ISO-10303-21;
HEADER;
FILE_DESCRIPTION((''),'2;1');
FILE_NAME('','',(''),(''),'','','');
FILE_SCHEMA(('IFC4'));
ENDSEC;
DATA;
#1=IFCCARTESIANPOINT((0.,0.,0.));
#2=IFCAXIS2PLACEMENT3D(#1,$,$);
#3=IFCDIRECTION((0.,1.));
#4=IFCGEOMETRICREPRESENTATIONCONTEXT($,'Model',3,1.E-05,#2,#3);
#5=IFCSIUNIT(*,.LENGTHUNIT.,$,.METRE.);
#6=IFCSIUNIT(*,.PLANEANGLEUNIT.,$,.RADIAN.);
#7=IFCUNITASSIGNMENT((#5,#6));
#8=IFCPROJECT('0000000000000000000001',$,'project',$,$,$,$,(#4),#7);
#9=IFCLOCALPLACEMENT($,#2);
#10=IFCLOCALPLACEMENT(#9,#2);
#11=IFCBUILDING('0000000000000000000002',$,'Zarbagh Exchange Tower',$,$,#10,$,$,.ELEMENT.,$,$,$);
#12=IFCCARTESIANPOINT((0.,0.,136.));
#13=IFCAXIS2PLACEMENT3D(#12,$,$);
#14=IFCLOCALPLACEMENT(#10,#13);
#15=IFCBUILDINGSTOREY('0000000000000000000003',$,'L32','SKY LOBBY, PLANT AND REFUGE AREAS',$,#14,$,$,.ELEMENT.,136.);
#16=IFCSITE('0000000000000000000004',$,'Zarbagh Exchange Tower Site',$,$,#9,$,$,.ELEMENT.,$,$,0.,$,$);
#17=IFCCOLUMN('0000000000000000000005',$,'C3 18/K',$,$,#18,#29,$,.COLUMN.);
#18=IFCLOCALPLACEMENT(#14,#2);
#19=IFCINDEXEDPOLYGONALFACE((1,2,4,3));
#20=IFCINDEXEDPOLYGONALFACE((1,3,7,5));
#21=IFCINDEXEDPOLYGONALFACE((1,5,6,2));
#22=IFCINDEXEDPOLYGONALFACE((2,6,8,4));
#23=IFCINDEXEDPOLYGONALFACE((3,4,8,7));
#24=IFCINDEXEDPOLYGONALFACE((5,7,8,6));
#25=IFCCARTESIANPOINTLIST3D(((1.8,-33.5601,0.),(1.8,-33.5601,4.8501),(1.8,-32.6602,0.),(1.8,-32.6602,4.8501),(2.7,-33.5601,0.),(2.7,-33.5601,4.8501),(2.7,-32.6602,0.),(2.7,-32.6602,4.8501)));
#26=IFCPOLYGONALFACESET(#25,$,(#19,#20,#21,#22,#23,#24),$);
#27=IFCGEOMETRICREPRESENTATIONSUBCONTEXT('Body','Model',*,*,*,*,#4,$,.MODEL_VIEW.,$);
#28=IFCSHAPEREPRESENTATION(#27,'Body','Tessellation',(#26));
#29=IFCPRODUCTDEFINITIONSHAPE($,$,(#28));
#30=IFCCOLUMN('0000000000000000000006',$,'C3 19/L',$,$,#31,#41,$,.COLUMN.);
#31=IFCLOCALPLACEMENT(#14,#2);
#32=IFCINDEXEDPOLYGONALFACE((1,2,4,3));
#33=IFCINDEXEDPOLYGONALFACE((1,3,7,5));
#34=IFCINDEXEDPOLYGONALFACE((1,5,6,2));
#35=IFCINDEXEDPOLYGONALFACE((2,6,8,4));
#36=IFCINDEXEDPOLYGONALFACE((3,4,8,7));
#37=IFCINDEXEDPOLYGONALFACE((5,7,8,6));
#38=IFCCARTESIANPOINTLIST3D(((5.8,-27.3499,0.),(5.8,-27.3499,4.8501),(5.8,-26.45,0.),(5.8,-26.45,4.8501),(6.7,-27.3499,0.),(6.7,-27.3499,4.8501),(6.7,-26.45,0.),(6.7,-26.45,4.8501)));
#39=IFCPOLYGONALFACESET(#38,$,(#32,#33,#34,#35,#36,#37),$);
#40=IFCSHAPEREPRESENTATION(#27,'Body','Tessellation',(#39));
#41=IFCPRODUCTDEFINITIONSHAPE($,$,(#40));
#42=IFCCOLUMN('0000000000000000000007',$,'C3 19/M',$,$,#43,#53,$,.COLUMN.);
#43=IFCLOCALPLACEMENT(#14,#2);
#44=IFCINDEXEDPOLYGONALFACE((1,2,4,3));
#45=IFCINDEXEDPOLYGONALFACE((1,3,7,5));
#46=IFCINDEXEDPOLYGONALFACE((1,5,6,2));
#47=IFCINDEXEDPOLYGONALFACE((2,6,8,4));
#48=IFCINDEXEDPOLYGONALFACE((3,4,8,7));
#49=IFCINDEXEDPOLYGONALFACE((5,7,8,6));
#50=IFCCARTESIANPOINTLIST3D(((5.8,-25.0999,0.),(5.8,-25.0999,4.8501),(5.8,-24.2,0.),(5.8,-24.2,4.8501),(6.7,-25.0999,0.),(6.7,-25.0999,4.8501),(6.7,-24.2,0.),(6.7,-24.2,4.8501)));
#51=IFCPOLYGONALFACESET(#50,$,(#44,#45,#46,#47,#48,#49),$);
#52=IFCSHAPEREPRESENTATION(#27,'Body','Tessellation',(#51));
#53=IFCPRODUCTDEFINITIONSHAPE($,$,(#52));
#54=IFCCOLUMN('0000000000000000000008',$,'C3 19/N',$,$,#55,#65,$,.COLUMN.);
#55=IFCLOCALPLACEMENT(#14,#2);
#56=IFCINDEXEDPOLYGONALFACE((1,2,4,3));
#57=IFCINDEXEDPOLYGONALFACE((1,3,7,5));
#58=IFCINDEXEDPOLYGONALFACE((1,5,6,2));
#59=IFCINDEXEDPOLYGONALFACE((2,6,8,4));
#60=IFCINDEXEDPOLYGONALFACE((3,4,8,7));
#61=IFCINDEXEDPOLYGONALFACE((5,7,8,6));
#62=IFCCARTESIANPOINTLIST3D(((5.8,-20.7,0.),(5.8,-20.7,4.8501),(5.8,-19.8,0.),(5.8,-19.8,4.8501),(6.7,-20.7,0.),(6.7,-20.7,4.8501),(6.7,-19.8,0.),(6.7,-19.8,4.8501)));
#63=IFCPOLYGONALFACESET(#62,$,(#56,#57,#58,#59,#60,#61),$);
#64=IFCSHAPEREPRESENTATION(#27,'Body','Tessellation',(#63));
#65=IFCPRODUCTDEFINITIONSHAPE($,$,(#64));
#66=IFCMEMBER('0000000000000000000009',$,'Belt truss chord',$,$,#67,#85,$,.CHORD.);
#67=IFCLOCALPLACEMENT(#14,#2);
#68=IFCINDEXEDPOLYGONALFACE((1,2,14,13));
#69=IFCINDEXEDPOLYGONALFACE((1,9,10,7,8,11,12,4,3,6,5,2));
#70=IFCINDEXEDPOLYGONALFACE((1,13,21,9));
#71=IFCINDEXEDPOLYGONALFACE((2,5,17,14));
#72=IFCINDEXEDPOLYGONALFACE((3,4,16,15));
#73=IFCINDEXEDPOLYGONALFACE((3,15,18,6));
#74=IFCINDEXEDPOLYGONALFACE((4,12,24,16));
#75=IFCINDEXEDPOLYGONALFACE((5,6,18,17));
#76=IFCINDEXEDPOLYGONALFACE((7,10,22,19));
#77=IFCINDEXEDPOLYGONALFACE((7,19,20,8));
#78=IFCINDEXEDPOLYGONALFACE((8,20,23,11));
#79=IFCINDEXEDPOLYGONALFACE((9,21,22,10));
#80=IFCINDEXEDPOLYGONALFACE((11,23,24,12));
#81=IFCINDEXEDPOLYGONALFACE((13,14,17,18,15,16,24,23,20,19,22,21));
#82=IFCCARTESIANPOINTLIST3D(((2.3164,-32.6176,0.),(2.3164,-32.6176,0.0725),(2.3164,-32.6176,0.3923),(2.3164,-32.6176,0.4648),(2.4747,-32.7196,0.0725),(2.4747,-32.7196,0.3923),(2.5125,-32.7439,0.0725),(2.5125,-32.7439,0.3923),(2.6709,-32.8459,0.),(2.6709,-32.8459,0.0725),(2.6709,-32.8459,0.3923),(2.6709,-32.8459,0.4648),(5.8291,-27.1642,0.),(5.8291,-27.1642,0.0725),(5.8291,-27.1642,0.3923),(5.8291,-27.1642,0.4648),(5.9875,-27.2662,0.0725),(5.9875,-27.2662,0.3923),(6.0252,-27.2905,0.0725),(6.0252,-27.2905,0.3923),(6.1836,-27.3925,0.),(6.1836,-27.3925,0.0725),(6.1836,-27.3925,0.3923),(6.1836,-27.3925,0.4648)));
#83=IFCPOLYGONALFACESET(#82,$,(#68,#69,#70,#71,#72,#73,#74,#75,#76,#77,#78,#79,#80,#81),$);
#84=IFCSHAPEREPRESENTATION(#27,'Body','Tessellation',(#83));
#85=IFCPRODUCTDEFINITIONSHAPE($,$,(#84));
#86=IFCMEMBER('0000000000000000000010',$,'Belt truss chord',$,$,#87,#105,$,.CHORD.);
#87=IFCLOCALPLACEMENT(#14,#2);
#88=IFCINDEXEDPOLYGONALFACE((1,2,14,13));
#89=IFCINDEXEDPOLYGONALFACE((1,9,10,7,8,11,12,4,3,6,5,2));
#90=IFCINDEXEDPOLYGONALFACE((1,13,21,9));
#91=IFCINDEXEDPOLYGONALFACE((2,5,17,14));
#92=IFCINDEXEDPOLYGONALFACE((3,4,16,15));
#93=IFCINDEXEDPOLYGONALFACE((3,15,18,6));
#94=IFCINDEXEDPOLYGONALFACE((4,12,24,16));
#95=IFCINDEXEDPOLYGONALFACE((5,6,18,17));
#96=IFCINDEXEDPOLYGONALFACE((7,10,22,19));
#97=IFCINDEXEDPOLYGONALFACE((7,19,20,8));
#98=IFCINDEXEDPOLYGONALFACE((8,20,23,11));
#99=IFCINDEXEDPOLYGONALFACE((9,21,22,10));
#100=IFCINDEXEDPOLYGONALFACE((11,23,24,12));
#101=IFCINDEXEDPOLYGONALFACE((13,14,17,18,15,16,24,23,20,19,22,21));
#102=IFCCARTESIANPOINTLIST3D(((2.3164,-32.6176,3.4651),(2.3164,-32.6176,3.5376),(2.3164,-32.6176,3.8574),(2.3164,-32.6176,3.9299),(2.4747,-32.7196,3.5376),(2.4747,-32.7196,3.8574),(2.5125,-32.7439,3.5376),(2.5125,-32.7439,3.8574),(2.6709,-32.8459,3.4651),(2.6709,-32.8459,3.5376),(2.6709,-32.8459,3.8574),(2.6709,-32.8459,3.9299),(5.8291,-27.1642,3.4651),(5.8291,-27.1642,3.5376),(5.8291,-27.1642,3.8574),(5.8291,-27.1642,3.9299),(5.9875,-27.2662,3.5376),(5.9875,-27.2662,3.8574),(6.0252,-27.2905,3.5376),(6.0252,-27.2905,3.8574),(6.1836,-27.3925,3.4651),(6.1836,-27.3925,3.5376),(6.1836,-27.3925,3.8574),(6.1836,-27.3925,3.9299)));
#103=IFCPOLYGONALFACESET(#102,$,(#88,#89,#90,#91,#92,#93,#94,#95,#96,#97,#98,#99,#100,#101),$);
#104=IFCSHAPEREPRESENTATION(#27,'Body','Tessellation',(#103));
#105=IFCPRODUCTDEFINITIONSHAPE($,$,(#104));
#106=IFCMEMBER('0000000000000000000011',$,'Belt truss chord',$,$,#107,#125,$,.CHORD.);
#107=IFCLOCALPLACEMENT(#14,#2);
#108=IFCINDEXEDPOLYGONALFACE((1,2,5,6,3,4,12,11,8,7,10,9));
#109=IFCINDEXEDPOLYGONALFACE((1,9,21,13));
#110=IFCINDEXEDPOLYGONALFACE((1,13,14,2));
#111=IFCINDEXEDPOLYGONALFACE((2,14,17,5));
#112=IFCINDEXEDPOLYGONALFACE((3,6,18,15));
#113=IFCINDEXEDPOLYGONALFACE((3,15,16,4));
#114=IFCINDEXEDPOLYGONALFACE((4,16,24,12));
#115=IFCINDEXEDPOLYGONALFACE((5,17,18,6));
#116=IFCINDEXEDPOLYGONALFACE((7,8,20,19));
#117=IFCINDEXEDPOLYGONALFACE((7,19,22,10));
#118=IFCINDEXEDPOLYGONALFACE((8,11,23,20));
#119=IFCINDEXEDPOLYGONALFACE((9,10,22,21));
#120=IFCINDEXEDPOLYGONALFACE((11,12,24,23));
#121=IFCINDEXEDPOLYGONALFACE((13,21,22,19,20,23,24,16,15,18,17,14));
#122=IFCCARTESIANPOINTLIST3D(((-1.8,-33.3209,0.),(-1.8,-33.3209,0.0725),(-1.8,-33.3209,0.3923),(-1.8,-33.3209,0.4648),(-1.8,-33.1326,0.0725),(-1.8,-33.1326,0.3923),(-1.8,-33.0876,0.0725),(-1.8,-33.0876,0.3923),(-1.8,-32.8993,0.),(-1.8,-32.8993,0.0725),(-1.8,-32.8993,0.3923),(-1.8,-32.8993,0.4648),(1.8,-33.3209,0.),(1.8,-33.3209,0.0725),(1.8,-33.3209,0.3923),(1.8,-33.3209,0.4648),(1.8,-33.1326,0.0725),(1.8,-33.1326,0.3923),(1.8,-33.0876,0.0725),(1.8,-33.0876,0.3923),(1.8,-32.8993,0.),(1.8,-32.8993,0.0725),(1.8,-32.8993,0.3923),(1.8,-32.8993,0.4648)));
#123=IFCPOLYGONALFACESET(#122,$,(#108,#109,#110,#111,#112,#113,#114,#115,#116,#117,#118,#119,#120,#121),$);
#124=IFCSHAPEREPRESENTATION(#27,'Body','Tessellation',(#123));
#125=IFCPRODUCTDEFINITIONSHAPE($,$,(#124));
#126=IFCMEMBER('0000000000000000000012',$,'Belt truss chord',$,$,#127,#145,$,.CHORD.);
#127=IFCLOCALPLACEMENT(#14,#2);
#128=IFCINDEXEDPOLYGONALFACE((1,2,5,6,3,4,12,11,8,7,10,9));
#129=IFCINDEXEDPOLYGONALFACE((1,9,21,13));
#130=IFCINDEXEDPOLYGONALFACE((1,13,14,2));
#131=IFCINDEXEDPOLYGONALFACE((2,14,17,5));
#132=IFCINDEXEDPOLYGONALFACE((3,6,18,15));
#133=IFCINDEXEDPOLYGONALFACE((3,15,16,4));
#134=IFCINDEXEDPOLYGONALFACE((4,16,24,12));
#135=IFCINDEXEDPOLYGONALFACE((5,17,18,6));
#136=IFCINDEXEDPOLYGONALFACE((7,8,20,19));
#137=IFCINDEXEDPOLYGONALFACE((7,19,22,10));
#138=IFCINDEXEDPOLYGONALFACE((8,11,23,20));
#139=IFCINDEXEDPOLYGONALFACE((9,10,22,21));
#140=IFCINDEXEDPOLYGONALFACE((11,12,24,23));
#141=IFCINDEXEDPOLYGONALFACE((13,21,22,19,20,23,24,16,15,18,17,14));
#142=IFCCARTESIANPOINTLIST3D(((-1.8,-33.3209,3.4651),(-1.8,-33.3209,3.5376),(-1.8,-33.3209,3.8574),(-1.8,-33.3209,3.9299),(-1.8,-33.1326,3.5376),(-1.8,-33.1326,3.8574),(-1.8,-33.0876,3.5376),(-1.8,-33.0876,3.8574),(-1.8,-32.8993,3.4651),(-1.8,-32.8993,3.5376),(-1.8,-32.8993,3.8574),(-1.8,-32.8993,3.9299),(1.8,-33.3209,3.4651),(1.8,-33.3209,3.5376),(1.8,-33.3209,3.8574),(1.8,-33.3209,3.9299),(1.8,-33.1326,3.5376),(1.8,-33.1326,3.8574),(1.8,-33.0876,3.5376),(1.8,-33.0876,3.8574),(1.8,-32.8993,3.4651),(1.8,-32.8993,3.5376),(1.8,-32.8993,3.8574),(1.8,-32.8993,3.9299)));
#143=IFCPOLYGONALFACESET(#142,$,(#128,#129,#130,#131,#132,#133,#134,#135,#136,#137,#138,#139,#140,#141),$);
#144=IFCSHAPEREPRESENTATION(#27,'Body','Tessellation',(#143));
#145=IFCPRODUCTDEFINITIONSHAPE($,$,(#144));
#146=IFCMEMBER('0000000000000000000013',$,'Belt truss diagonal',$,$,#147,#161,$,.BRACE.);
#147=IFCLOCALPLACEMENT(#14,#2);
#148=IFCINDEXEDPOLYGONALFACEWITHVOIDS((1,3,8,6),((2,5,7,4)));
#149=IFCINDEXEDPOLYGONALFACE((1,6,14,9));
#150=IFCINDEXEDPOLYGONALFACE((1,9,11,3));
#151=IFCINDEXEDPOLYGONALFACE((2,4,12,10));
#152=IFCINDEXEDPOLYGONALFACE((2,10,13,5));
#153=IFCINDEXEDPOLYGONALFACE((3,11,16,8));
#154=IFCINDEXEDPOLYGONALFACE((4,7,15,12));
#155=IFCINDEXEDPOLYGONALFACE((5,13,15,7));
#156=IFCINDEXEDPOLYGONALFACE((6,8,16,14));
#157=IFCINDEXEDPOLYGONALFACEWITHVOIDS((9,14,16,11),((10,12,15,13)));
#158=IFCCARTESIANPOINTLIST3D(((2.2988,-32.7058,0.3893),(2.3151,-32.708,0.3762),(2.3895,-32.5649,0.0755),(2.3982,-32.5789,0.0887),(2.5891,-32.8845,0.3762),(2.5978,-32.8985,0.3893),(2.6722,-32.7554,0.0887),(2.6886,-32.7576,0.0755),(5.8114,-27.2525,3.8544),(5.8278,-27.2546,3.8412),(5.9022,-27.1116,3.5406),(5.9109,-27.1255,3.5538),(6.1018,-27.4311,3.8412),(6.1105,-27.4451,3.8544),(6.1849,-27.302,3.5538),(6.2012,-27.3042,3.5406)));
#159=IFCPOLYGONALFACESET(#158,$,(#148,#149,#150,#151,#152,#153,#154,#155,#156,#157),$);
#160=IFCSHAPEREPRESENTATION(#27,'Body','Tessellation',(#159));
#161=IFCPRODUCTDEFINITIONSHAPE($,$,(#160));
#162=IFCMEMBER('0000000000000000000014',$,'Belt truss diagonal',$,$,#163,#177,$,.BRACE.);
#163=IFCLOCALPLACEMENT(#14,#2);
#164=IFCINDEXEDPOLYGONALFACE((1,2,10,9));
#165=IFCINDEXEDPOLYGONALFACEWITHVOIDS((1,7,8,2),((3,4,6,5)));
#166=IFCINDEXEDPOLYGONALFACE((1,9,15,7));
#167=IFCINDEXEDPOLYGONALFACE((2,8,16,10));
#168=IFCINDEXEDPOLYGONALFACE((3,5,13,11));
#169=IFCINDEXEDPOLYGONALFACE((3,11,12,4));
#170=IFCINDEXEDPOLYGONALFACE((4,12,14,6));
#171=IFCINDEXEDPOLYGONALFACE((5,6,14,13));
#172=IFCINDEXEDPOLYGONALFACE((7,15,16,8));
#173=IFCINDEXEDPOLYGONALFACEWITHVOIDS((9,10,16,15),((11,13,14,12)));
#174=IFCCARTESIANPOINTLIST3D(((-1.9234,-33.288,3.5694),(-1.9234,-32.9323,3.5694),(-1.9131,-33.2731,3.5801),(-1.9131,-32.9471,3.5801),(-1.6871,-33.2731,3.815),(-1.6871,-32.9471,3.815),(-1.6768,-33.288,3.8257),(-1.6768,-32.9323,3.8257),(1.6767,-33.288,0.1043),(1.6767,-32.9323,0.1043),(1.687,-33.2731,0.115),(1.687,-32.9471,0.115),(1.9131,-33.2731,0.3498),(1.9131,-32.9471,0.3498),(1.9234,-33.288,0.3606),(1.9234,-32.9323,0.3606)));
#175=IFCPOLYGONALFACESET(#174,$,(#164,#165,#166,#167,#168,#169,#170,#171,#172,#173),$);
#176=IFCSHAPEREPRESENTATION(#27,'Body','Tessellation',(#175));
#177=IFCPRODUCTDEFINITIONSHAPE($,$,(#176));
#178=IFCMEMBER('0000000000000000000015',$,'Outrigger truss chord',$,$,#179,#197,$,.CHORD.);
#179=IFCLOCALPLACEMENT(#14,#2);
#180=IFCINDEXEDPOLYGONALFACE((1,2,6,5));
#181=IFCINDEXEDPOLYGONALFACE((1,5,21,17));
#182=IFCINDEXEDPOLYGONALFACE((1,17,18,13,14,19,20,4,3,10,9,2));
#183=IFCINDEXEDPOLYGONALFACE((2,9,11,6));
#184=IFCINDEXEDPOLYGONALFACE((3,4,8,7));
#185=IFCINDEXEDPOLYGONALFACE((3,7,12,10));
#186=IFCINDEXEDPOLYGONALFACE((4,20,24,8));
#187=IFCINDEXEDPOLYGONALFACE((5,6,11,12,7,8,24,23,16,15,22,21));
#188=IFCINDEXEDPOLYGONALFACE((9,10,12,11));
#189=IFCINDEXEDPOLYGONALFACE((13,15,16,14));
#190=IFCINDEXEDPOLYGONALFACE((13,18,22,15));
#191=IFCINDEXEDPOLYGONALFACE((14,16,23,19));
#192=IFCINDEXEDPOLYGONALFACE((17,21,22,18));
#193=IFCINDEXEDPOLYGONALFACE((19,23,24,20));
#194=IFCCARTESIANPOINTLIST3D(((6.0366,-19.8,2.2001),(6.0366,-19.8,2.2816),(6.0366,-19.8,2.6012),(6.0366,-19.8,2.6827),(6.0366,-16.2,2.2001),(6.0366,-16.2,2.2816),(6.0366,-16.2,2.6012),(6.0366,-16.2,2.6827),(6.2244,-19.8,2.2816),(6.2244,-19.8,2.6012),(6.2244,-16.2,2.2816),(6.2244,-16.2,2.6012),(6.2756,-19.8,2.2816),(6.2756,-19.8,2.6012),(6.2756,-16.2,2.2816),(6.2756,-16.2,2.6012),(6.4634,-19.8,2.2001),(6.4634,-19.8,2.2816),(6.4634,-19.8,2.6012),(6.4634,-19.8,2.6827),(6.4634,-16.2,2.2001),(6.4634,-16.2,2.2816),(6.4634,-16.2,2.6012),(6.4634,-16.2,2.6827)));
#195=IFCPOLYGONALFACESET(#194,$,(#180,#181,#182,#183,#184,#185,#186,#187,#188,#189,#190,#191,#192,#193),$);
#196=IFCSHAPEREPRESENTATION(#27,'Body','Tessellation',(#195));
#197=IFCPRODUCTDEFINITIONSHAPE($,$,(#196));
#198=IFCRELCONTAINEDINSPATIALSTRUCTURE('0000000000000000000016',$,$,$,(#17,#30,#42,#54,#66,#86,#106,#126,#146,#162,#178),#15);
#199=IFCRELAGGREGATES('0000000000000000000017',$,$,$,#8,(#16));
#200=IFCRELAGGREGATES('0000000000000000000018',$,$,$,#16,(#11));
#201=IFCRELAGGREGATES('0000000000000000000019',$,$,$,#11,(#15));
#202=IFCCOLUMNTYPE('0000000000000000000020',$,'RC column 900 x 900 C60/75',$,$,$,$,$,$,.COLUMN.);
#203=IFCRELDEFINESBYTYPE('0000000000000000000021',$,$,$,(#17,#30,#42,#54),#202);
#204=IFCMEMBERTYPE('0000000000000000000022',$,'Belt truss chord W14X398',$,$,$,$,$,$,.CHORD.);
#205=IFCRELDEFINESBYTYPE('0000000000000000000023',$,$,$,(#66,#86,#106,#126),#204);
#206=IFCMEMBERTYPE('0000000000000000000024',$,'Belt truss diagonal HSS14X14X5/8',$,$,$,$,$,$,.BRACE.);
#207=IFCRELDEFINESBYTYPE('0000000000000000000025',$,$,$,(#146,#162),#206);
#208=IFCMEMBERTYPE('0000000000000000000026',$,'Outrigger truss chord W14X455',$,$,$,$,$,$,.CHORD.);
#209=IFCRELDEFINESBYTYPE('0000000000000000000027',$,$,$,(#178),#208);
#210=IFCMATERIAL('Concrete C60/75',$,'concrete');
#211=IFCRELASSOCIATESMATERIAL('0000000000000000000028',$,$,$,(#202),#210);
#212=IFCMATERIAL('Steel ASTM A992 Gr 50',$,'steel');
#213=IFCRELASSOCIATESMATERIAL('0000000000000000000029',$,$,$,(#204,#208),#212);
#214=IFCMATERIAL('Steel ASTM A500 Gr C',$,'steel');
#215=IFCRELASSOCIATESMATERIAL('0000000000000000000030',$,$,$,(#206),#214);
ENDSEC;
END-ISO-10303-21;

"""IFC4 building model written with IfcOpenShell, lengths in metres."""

from ifc_helpers import new_model, si_unit, direction, frame, origin, origin_2d, place, context, subcontext, project, spatial, rectangle, hollow_rectangle, i_section, extrude, material, material_profile, profile_set, type_object, element, save


model = new_model("IFC4")

# Units and contexts
model_context = context("Model", 3, precision=1e-05, world=origin(), true_north=direction((0.0, 1.0)))
body_context = subcontext(model_context, "Body", "Model", "MODEL_VIEW")
ifc_project = project(units=[si_unit("LENGTHUNIT", "METRE"), si_unit("PLANEANGLEUNIT", "RADIAN")], contexts=[model_context])

# Site, building, storey
site_placement = place(None, origin())
site = spatial("IfcSite", under=ifc_project, at=site_placement, Name="Zarbagh Exchange Tower Site", CompositionType="ELEMENT", RefElevation=0.0)
building_placement = place(site_placement, origin())
building = spatial("IfcBuilding", under=site, at=building_placement, Name="Zarbagh Exchange Tower", CompositionType="ELEMENT")
storey_placement = place(building_placement, frame((0.0, 0.0, 136.0)))
storey = spatial("IfcBuildingStorey", under=building, at=storey_placement, Name="L32", Description="SKY LOBBY, PLANT AND REFUGE AREAS", CompositionType="ELEMENT", Elevation=136.0)

# Columns
ifc_material_1 = material(Name="Concrete C60/75", Category="concrete")
ifc_material_profile_1 = material_profile(ifc_material_1, rectangle(XDim=0.8999, YDim=0.8999, at=origin_2d()), Name="RC column 900 x 900 C60/75")
ifc_profile_set_1 = profile_set([ifc_material_profile_1], Name="Concrete C60/75")
column_type = type_object("IfcColumnType", Name="RC column 900 x 900 C60/75", PredefinedType="COLUMN", material=ifc_profile_set_1)
for number, where, z_axis, x_axis, name in (
    (1, (2.25, -33.1101, 0.0), (0.0, 0.0, 1.0), (1.0, 0.0, 0.0), "C3 18/K"),
    (2, (6.25, -26.8999, 0.0), (0.0, 0.0, 1.0), (1.0, 0.0, 0.0), "C3 19/L"),
    (3, (6.25, -24.6499, 0.0), (0.0, 0.0, 1.0), (1.0, 0.0, 0.0), "C3 19/M"),
    (4, (6.25, -20.25, 0.0), (0.0, 0.0, 1.0), (1.0, 0.0, 0.0), "C3 19/N"),
):
    element("IfcColumn", number, at=place(storey_placement, frame(where, z_axis=z_axis, x_axis=x_axis)), inside=storey, type_object=column_type, Name=name, PredefinedType="COLUMN", context=body_context, shape_type="SweptSolid", body=[
        extrude(rectangle(XDim=0.8999, YDim=0.8999, at=origin_2d()), origin(), (0.0, 0.0, 1.0), 4.8501),
    ])

# Members
ifc_material_2 = material(Name="Steel ASTM A992 Gr 50", Category="steel")
ifc_material_profile_2 = material_profile(ifc_material_2, i_section(OverallWidth=0.4216, OverallDepth=0.4648, WebThickness=0.0449, FlangeThickness=0.0725, at=origin_2d()), Name="W14X398")
ifc_profile_set_2 = profile_set([ifc_material_profile_2], Name="Steel ASTM A992 Gr 50")
member_type_1 = type_object("IfcMemberType", Name="Belt truss chord W14X398", PredefinedType="CHORD", material=ifc_profile_set_2)
for number, where, z_axis, x_axis, name in (
    (5, (6.0063, -27.2783, 0.2324), (-0.541516, -0.84069, 0.0), (0.84069, -0.541516, 0.0), "Belt truss chord"),
    (6, (6.0063, -27.2783, 3.6975), (-0.541516, -0.84069, 0.0), (0.84069, -0.541516, 0.0), "Belt truss chord"),
):
    element("IfcMember", number, at=place(storey_placement, frame(where, z_axis=z_axis, x_axis=x_axis)), inside=storey, type_object=member_type_1, Name=name, PredefinedType="CHORD", context=body_context, shape_type="SweptSolid", body=[
        extrude(i_section(OverallWidth=0.4216, OverallDepth=0.4648, WebThickness=0.0449, FlangeThickness=0.0725, at=origin_2d()), origin(), (0.0, 0.0, 1.0), 6.4868),
    ])
for number, where, z_axis, x_axis, name in (
    (7, (1.8, -33.1101, 0.2324), (-1.0, 0.0, 0.0), (0.0, -1.0, 0.0), "Belt truss chord"),
    (8, (1.8, -33.1101, 3.6975), (-1.0, 0.0, 0.0), (0.0, -1.0, 0.0), "Belt truss chord"),
):
    element("IfcMember", number, at=place(storey_placement, frame(where, z_axis=z_axis, x_axis=x_axis)), inside=storey, type_object=member_type_1, Name=name, PredefinedType="CHORD", context=body_context, shape_type="SweptSolid", body=[
        extrude(i_section(OverallWidth=0.4216, OverallDepth=0.4648, WebThickness=0.0449, FlangeThickness=0.0725, at=origin_2d()), origin(), (0.0, 0.0, 1.0), 3.6001),
    ])
ifc_material_3 = material(Name="Steel ASTM A500 Gr C", Category="steel")
ifc_material_profile_3 = material_profile(ifc_material_3, hollow_rectangle(XDim=0.3557, YDim=0.3557, WallThickness=0.0149, at=origin_2d()), Name="HSS14X14X5/8")
ifc_profile_set_3 = profile_set([ifc_material_profile_3], Name="Steel ASTM A500 Gr C")
member_type_2 = type_object("IfcMemberType", Name="Belt truss diagonal HSS14X14X5/8", PredefinedType="BRACE", material=ifc_profile_set_3)
member_1_placement = place(storey_placement, frame((2.4937, -32.7317, 0.2324), z_axis=(0.477641, 0.741525, 0.471168), x_axis=(-0.84069, 0.541516, 0.0)))
element("IfcMember", 9, at=member_1_placement, inside=storey, type_object=member_type_2, Name="Belt truss diagonal", PredefinedType="BRACE", context=body_context, shape_type="SweptSolid", body=[
    extrude(hollow_rectangle(XDim=0.3557, YDim=0.3557, WallThickness=0.0149, at=origin_2d()), origin(), (0.0, 0.0, 1.0), 7.3542),
])
member_2_placement = place(storey_placement, frame((1.8, -33.1101, 0.2324), z_axis=(-0.720487, 0.0, 0.693468), x_axis=(0.0, -1.0, 0.0)))
element("IfcMember", 10, at=member_2_placement, inside=storey, type_object=member_type_2, Name="Belt truss diagonal", PredefinedType="BRACE", context=body_context, shape_type="SweptSolid", body=[
    extrude(hollow_rectangle(XDim=0.3557, YDim=0.3557, WallThickness=0.0149, at=origin_2d()), origin(), (0.0, 0.0, 1.0), 4.9968),
])
ifc_material_profile_4 = material_profile(ifc_material_2, i_section(OverallWidth=0.4268, OverallDepth=0.4827, WebThickness=0.0513, FlangeThickness=0.0815, at=origin_2d()), Name="W14X455")
ifc_profile_set_4 = profile_set([ifc_material_profile_4], Name="Steel ASTM A992 Gr 50")
member_type_3 = type_object("IfcMemberType", Name="Outrigger truss chord W14X455", PredefinedType="CHORD", material=ifc_profile_set_4)
for number, where, z_axis, x_axis, name in (
    (11, (6.25, -16.2, 2.4414), (0.0, -1.0, 0.0), (1.0, 0.0, 0.0), "Outrigger truss chord"),
):
    element("IfcMember", number, at=place(storey_placement, frame(where, z_axis=z_axis, x_axis=x_axis)), inside=storey, type_object=member_type_3, Name=name, PredefinedType="CHORD", context=body_context, shape_type="SweptSolid", body=[
        extrude(i_section(OverallWidth=0.4268, OverallDepth=0.4827, WebThickness=0.0513, FlangeThickness=0.0815, at=origin_2d()), origin(), (0.0, 0.0, 1.0), 3.6001),
    ])

save(model, "model.ifc")
